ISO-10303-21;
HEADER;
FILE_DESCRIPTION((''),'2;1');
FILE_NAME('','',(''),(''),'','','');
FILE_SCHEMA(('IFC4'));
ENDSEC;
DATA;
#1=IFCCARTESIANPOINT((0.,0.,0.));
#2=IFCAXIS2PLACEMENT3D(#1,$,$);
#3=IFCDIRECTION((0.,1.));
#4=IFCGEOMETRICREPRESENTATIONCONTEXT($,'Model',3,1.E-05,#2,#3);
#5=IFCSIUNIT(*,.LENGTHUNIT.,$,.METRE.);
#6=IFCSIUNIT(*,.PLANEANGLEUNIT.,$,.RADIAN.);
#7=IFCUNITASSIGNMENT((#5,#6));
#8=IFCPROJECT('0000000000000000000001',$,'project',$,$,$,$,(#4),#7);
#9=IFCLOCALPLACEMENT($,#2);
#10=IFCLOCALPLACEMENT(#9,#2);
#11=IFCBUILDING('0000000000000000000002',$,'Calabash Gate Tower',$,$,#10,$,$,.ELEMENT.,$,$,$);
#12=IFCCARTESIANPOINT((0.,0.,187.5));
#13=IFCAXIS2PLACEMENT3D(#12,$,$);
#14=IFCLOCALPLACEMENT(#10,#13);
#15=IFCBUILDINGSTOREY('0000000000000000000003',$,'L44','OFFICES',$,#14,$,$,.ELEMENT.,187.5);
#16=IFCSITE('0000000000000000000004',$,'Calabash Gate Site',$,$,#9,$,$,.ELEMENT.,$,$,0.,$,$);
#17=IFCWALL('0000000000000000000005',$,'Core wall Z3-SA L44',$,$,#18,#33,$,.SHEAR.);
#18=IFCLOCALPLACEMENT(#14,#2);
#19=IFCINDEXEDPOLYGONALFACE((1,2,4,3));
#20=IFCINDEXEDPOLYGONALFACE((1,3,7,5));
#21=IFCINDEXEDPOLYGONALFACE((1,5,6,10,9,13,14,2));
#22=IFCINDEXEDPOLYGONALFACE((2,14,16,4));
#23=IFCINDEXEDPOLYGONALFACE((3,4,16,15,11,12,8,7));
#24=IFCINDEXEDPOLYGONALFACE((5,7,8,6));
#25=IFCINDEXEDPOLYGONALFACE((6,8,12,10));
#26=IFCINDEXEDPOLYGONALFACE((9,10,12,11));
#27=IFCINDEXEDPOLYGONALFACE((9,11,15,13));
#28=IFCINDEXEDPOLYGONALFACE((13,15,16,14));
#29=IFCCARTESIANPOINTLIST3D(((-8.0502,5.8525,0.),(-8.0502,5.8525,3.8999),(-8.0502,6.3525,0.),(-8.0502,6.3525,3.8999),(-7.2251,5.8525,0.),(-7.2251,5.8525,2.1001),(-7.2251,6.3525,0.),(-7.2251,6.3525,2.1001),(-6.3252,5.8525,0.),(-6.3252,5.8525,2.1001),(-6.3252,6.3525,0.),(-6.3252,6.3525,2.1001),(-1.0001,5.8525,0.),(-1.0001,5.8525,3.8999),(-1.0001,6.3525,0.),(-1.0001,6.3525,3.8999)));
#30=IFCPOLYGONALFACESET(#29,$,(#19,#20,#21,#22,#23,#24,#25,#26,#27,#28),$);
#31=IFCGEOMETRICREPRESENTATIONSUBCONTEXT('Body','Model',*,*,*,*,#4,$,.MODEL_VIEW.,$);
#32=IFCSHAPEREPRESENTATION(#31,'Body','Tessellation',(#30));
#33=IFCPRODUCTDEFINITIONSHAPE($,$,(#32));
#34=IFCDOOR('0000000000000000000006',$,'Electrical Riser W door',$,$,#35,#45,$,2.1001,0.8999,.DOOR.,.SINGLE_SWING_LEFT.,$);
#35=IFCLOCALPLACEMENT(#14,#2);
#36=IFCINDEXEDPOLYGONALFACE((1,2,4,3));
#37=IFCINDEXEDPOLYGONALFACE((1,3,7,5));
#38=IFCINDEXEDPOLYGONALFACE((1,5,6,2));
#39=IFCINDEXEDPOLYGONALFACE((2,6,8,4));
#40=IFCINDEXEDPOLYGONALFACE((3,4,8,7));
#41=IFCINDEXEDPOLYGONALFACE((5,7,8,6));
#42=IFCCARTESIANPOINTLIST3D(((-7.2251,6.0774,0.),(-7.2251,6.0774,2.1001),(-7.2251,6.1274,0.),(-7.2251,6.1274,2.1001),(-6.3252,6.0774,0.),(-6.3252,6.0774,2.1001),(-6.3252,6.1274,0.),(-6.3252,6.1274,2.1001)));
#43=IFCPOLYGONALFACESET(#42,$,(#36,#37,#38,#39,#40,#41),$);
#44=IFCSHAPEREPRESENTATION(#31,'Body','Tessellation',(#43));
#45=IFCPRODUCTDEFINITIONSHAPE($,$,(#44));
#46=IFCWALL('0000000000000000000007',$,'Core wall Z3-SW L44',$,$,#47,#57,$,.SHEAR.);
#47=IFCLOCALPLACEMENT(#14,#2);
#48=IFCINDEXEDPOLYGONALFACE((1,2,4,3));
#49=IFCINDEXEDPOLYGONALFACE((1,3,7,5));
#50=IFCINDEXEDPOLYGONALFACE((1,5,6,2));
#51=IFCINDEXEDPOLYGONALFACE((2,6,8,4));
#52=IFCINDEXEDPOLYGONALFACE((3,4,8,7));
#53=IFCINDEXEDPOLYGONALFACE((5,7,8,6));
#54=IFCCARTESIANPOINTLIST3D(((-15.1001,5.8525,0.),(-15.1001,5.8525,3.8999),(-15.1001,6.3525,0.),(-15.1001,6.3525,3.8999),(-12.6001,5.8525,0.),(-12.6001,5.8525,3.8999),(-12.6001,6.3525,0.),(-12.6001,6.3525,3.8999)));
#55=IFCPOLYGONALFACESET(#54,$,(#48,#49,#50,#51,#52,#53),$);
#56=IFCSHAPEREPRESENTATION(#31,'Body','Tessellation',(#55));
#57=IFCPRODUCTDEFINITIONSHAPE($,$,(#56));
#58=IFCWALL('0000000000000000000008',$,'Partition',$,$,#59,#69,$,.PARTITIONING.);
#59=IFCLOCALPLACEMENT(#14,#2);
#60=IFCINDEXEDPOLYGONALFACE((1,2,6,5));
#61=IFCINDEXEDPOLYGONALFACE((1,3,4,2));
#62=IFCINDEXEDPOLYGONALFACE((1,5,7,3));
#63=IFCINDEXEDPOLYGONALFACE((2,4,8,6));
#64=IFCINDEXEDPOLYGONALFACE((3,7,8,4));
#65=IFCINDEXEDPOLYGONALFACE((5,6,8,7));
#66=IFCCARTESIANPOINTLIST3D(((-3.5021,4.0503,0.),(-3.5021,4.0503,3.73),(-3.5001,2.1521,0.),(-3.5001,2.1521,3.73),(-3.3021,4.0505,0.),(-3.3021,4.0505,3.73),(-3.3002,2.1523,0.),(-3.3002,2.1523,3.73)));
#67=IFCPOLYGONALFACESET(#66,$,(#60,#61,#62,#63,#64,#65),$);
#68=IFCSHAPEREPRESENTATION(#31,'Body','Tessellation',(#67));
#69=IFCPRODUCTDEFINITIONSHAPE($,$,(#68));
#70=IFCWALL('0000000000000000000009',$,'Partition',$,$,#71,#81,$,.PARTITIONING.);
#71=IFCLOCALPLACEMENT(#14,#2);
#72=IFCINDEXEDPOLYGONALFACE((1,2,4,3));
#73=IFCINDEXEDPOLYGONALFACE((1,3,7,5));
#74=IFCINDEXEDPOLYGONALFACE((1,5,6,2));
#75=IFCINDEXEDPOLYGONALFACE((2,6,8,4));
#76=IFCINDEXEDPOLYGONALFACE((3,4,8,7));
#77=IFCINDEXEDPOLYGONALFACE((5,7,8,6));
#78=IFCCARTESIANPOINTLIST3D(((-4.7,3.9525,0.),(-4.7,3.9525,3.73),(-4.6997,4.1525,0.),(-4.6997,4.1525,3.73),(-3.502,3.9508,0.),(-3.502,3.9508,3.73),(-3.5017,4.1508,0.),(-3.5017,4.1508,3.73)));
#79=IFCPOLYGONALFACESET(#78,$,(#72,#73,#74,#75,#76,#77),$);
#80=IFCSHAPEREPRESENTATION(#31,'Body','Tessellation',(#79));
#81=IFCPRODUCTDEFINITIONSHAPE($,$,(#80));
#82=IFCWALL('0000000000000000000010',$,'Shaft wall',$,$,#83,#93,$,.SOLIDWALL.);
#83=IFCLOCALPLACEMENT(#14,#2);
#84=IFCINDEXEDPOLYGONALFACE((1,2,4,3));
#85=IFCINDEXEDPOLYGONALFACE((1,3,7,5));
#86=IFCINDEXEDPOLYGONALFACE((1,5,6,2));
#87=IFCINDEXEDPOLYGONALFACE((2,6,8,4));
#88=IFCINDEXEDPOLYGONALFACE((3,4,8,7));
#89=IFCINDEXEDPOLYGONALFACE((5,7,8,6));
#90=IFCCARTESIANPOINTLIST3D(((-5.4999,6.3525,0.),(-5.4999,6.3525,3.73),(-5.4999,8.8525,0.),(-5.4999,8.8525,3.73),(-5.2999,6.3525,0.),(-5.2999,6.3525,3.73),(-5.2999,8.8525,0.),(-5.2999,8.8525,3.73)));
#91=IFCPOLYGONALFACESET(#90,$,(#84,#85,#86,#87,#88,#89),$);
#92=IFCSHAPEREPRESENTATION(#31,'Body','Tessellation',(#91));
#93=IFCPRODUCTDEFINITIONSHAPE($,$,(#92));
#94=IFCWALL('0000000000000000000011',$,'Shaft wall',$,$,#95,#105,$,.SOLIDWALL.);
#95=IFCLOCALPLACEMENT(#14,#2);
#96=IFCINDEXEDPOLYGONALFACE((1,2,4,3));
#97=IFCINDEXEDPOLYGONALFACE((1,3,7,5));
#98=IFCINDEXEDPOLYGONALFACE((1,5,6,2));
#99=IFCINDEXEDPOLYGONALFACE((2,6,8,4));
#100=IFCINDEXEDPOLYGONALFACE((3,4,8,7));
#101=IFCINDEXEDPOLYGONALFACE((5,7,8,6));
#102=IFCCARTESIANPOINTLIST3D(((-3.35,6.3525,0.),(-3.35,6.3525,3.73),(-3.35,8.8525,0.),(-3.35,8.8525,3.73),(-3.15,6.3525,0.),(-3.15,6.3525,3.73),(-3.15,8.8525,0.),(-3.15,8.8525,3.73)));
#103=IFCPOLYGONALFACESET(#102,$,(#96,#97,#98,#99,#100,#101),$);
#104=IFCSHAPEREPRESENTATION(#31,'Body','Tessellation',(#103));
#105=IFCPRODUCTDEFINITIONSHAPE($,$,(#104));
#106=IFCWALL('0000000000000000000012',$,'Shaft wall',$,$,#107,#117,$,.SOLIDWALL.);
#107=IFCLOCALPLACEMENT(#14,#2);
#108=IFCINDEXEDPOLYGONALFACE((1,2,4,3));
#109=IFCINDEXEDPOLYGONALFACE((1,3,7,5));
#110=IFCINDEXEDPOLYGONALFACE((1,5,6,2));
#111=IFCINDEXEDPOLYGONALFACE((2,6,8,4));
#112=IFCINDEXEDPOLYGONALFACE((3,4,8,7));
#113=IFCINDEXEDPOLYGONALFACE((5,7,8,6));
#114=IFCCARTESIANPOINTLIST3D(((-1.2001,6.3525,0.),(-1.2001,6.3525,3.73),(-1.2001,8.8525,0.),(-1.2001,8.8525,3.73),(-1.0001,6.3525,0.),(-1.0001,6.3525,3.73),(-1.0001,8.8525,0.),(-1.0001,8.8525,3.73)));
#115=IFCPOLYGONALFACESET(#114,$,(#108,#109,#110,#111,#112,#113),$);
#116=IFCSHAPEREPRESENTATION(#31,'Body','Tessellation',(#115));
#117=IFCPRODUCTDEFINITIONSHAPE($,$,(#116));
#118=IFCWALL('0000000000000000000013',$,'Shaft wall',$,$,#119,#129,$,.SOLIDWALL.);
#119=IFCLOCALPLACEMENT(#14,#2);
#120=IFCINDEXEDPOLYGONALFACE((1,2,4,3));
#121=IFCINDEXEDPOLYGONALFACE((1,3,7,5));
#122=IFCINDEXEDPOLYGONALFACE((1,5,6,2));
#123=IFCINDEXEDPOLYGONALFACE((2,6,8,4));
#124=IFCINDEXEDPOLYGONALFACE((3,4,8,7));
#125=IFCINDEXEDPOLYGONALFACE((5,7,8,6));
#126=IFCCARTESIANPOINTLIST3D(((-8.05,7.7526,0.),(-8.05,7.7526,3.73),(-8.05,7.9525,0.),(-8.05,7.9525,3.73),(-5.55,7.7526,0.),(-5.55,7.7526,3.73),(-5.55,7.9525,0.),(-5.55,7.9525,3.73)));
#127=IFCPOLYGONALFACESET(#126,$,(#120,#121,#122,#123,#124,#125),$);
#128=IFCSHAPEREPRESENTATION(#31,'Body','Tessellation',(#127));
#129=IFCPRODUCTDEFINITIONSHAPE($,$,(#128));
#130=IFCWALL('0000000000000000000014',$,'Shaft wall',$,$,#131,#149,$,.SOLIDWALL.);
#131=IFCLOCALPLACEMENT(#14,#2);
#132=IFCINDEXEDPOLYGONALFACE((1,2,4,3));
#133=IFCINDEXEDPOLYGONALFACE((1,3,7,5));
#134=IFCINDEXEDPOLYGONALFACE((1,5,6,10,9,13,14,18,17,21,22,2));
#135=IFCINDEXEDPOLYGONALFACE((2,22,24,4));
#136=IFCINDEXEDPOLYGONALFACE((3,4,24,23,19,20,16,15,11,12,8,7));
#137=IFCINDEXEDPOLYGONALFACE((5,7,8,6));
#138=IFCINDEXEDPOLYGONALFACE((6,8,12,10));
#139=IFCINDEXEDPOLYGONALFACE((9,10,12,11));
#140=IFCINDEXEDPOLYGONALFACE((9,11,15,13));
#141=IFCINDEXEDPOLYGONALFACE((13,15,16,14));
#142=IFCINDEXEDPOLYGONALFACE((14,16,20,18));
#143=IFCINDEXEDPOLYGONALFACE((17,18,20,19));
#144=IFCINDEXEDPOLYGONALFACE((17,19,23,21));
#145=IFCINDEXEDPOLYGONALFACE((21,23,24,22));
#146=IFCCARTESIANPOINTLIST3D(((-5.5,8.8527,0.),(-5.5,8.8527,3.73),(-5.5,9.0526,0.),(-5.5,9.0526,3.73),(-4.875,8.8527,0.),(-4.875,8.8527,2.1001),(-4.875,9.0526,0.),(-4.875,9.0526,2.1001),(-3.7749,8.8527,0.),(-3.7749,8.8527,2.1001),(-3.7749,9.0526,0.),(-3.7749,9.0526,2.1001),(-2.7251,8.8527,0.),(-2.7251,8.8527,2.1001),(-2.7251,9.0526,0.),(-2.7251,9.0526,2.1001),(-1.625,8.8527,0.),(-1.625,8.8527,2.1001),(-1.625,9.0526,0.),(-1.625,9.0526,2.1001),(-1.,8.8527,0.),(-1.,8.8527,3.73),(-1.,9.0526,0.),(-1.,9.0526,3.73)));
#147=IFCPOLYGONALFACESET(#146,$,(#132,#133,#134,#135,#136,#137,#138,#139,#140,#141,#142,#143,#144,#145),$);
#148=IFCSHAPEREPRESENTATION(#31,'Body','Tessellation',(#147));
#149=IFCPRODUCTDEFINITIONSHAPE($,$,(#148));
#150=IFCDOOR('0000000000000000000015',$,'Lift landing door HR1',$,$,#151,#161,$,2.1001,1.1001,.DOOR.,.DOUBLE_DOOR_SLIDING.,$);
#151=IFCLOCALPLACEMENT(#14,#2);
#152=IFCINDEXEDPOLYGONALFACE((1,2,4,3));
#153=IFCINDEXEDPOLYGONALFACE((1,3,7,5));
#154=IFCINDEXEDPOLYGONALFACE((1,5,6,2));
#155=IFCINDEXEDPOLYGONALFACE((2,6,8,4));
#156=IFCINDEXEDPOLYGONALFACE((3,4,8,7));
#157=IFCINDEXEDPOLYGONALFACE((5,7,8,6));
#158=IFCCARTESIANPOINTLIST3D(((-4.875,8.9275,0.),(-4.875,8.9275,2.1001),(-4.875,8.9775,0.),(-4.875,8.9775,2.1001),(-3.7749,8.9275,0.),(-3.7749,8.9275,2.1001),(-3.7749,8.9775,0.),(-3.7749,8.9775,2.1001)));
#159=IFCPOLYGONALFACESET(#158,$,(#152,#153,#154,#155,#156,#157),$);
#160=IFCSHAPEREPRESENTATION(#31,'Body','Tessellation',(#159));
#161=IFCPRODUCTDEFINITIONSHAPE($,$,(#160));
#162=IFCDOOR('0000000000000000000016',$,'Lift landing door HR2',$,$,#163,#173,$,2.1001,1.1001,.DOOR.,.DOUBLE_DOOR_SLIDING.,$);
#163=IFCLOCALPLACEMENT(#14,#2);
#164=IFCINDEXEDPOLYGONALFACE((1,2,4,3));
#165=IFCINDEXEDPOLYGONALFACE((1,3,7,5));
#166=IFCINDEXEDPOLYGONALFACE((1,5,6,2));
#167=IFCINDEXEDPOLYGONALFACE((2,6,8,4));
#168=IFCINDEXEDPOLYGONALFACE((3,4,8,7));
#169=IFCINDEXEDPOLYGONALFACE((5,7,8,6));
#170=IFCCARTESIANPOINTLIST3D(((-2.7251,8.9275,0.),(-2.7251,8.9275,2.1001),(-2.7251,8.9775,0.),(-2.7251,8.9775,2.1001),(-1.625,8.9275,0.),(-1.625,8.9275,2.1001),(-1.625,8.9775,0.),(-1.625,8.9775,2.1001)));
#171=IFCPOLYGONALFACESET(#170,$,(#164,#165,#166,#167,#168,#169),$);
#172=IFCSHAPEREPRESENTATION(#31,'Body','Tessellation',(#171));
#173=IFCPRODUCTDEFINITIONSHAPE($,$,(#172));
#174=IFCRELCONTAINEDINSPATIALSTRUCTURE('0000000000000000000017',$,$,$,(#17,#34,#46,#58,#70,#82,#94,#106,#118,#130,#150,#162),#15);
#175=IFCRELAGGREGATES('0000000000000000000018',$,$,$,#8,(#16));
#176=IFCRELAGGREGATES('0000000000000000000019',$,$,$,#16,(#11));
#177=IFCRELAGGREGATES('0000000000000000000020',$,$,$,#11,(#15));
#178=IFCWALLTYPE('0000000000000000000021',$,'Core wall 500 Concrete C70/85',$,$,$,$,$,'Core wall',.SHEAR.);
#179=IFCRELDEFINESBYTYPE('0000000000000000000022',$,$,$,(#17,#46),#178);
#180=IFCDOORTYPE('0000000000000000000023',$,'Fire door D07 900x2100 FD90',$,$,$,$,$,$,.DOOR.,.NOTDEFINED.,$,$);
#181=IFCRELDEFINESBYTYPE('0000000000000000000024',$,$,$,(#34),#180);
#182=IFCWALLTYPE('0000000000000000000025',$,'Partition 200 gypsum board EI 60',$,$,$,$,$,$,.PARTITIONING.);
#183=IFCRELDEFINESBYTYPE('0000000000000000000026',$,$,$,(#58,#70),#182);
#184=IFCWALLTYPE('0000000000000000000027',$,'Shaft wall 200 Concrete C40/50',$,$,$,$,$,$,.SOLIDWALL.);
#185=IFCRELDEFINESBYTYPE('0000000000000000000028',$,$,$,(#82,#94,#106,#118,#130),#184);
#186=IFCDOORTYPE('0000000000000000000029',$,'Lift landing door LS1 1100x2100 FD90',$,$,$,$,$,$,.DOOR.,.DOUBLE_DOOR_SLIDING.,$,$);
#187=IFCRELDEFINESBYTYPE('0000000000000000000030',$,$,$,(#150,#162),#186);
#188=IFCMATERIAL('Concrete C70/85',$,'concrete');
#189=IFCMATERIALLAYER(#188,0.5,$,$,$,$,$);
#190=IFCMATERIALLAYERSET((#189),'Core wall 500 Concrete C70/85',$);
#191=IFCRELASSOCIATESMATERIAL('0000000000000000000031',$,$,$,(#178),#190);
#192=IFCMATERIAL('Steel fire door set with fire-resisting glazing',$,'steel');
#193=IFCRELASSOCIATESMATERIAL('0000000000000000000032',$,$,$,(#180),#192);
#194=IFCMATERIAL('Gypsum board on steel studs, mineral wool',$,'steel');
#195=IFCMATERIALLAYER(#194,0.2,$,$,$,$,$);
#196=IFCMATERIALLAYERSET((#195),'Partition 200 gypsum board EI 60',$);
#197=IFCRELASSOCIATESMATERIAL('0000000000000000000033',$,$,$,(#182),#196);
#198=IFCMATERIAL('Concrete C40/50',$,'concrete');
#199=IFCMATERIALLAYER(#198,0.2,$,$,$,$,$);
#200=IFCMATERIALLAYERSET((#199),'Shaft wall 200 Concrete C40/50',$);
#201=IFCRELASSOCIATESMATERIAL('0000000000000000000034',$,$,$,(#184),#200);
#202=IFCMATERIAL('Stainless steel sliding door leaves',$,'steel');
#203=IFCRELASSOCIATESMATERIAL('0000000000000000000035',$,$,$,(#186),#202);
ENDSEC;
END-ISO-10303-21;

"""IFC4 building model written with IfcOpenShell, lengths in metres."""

from ifc_helpers import new_model, si_unit, direction, frame, frame_2d, origin, place, context, subcontext, project, spatial, rectangle, extrude, material, layer, layer_set, type_object, element, fill, save


model = new_model("IFC4")

# Units and contexts
model_context = context("Model", 3, precision=1e-05, world=origin(), true_north=direction((0.0, 1.0)))
body_context = subcontext(model_context, "Body", "Model", "MODEL_VIEW")
ifc_project = project(units=[si_unit("LENGTHUNIT", "METRE"), si_unit("PLANEANGLEUNIT", "RADIAN")], contexts=[model_context])

# Site, building, storey
site_placement = place(None, origin())
site = spatial("IfcSite", under=ifc_project, at=site_placement, Name="Calabash Gate Site", CompositionType="ELEMENT", RefElevation=0.0)
building_placement = place(site_placement, origin())
building = spatial("IfcBuilding", under=site, at=building_placement, Name="Calabash Gate Tower", CompositionType="ELEMENT")
storey_placement = place(building_placement, frame((0.0, 0.0, 187.5)))
storey = spatial("IfcBuildingStorey", under=building, at=storey_placement, Name="L44", Description="OFFICES", CompositionType="ELEMENT", Elevation=187.5)

# Shared definitions
ifc_material_1 = material(Name="Concrete C70/85", Category="concrete")
ifc_layer_1 = layer(ifc_material_1, 0.5)
ifc_layer_set_1 = layer_set([ifc_layer_1], Name="Core wall 500 Concrete C70/85")
wall_type_1 = type_object("IfcWallType", Name="Core wall 500 Concrete C70/85", ElementType="Core wall", PredefinedType="SHEAR", material=ifc_layer_set_1)

# Wall, opening, door
wall_1_placement = place(storey_placement, frame((-8.05, 6.1025, 0.0), z_axis=(0.0, 0.0, 1.0), x_axis=(1.0, 0.0, 0.0)))
wall_1 = element("IfcWall", 1, at=wall_1_placement, inside=storey, type_object=wall_type_1, Name="Core wall Z3-SA L44", PredefinedType="SHEAR", context=body_context, shape_type="SweptSolid", body=[
    extrude(rectangle(XDim=7.05, YDim=0.5, at=frame_2d((3.5249, 0.0))), origin(), (0.0, 0.0, 1.0), 3.8999),
])
opening_1_placement = place(wall_1_placement, frame((0.825, 0.0, 0.0)))
opening_1 = element("IfcOpeningElement", 2, at=opening_1_placement, cuts=wall_1, PredefinedType="OPENING", context=body_context, shape_type="SweptSolid", body=[
    extrude(rectangle(XDim=0.8999, YDim=2.1001, at=frame_2d((0.45, 1.05))), frame((0.0, 0.26, 0.0), z_axis=(0.0, -1.0, 0.0), x_axis=(1.0, 0.0, 0.0)), (0.0, 0.0, 1.0), 0.52),
])
ifc_material_2 = material(Name="Steel fire door set with fire-resisting glazing", Category="steel")
door_type_1 = type_object("IfcDoorType", Name="Fire door D07 900x2100 FD90", OperationType="NOTDEFINED", PredefinedType="DOOR", material=ifc_material_2)
door_1_placement = place(opening_1_placement, origin())
door_1 = element("IfcDoor", 3, at=door_1_placement, inside=storey, type_object=door_type_1, Name="Electrical Riser W door", OperationType="SINGLE_SWING_LEFT", OverallHeight=2.1001, OverallWidth=0.8999, PredefinedType="DOOR", context=body_context, shape_type="SweptSolid", body=[
    extrude(rectangle(XDim=0.8999, YDim=2.1001, at=frame_2d((0.45, 1.05))), frame((0.0, 0.0249, 0.0), z_axis=(0.0, -1.0, 0.0), x_axis=(1.0, 0.0, 0.0)), (0.0, 0.0, 1.0), 0.05),
])
fill(opening_1, door_1)

# Walls
wall_2_placement = place(storey_placement, frame((-12.6001, 6.1025, 0.0), z_axis=(0.0, 0.0, 1.0), x_axis=(-1.0, 0.0, 0.0)))
element("IfcWall", 4, at=wall_2_placement, inside=storey, type_object=wall_type_1, Name="Core wall Z3-SW L44", PredefinedType="SHEAR", context=body_context, shape_type="SweptSolid", body=[
    extrude(rectangle(XDim=2.5, YDim=0.5, at=frame_2d((1.25, 0.0))), origin(), (0.0, 0.0, 1.0), 3.8999),
])
ifc_material_3 = material(Name="Gypsum board on steel studs, mineral wool", Category="steel")
ifc_layer_2 = layer(ifc_material_3, 0.2)
ifc_layer_set_2 = layer_set([ifc_layer_2], Name="Partition 200 gypsum board EI 60")
wall_type_2 = type_object("IfcWallType", Name="Partition 200 gypsum board EI 60", PredefinedType="PARTITIONING", material=ifc_layer_set_2)
wall_3_placement = place(storey_placement, frame((-3.4021, 4.0505, 0.0), z_axis=(0.0, 0.0, 1.0), x_axis=(0.001029, -0.999999, 0.0)))
element("IfcWall", 5, at=wall_3_placement, inside=storey, type_object=wall_type_2, Name="Partition", PredefinedType="PARTITIONING", context=body_context, shape_type="SweptSolid", body=[
    extrude(rectangle(XDim=1.8982, YDim=0.2, at=frame_2d((0.9492, 0.0))), origin(), (0.0, 0.0, 1.0), 3.73),
])
wall_4_placement = place(storey_placement, frame((-4.7, 4.0525, 0.0), z_axis=(0.0, 0.0, 1.0), x_axis=(0.999999, -0.001427, 0.0)))
element("IfcWall", 6, at=wall_4_placement, inside=storey, type_object=wall_type_2, Name="Partition", PredefinedType="PARTITIONING", context=body_context, shape_type="SweptSolid", body=[
    extrude(rectangle(XDim=1.198, YDim=0.2, at=frame_2d((0.5991, 0.0))), origin(), (0.0, 0.0, 1.0), 3.73),
])
ifc_material_4 = material(Name="Concrete C40/50", Category="concrete")
ifc_layer_3 = layer(ifc_material_4, 0.2)
ifc_layer_set_3 = layer_set([ifc_layer_3], Name="Shaft wall 200 Concrete C40/50")
wall_type_3 = type_object("IfcWallType", Name="Shaft wall 200 Concrete C40/50", PredefinedType="SOLIDWALL", material=ifc_layer_set_3)
for number, where, z_axis, x_axis, name in (
    (7, (-5.3999, 6.3525, 0.0), (0.0, 0.0, 1.0), (0.0, 1.0, 0.0), "Shaft wall"),
    (8, (-3.25, 6.3525, 0.0), (0.0, 0.0, 1.0), (0.0, 1.0, 0.0), "Shaft wall"),
    (9, (-1.1001, 6.3525, 0.0), (0.0, 0.0, 1.0), (0.0, 1.0, 0.0), "Shaft wall"),
    (10, (-8.05, 7.8525, 0.0), (0.0, 0.0, 1.0), (1.0, 0.0, 0.0), "Shaft wall"),
):
    element("IfcWall", number, at=place(storey_placement, frame(where, z_axis=z_axis, x_axis=x_axis)), inside=storey, type_object=wall_type_3, Name=name, PredefinedType="SOLIDWALL", context=body_context, shape_type="SweptSolid", body=[
        extrude(rectangle(XDim=2.5, YDim=0.2, at=frame_2d((1.25, 0.0))), origin(), (0.0, 0.0, 1.0), 3.73),
    ])

# Wall, openings, doors
wall_5_placement = place(storey_placement, frame((-5.5, 8.9526, 0.0), z_axis=(0.0, 0.0, 1.0), x_axis=(1.0, 0.0, 0.0)))
wall_5 = element("IfcWall", 11, at=wall_5_placement, inside=storey, type_object=wall_type_3, Name="Shaft wall", PredefinedType="SOLIDWALL", context=body_context, shape_type="SweptSolid", body=[
    extrude(rectangle(XDim=4.5, YDim=0.2, at=frame_2d((2.25, 0.0))), origin(), (0.0, 0.0, 1.0), 3.73),
])
opening_2_placement = place(wall_5_placement, frame((0.625, 0.0, 0.0)))
opening_2 = element("IfcOpeningElement", 12, at=opening_2_placement, cuts=wall_5, PredefinedType="OPENING", context=body_context, shape_type="SweptSolid", body=[
    extrude(rectangle(XDim=1.1001, YDim=2.1001, at=frame_2d((0.55, 1.05))), frame((0.0, 0.1099, 0.0), z_axis=(0.0, -1.0, 0.0), x_axis=(1.0, 0.0, 0.0)), (0.0, 0.0, 1.0), 0.22),
])
opening_3_placement = place(wall_5_placement, frame((2.7749, 0.0, 0.0)))
opening_3 = element("IfcOpeningElement", 13, at=opening_3_placement, cuts=wall_5, PredefinedType="OPENING", context=body_context, shape_type="SweptSolid", body=[
    extrude(rectangle(XDim=1.1001, YDim=2.1001, at=frame_2d((0.55, 1.05))), frame((0.0, 0.1099, 0.0), z_axis=(0.0, -1.0, 0.0), x_axis=(1.0, 0.0, 0.0)), (0.0, 0.0, 1.0), 0.22),
])
ifc_material_5 = material(Name="Stainless steel sliding door leaves", Category="steel")
door_type_2 = type_object("IfcDoorType", Name="Lift landing door LS1 1100x2100 FD90", OperationType="DOUBLE_DOOR_SLIDING", PredefinedType="DOOR", material=ifc_material_5)
door_2_placement = place(opening_2_placement, origin())
door_2 = element("IfcDoor", 14, at=door_2_placement, inside=storey, type_object=door_type_2, Name="Lift landing door HR1", OperationType="DOUBLE_DOOR_SLIDING", OverallHeight=2.1001, OverallWidth=1.1001, PredefinedType="DOOR", context=body_context, shape_type="SweptSolid", body=[
    extrude(rectangle(XDim=1.1001, YDim=2.1001, at=frame_2d((0.55, 1.05))), frame((0.0, 0.0249, 0.0), z_axis=(0.0, -1.0, 0.0), x_axis=(1.0, 0.0, 0.0)), (0.0, 0.0, 1.0), 0.05),
])
fill(opening_2, door_2)
door_3_placement = place(opening_3_placement, origin())
door_3 = element("IfcDoor", 15, at=door_3_placement, inside=storey, type_object=door_type_2, Name="Lift landing door HR2", OperationType="DOUBLE_DOOR_SLIDING", OverallHeight=2.1001, OverallWidth=1.1001, PredefinedType="DOOR", context=body_context, shape_type="SweptSolid", body=[
    extrude(rectangle(XDim=1.1001, YDim=2.1001, at=frame_2d((0.55, 1.05))), frame((0.0, 0.0249, 0.0), z_axis=(0.0, -1.0, 0.0), x_axis=(1.0, 0.0, 0.0)), (0.0, 0.0, 1.0), 0.05),
])
fill(opening_3, door_3)

save(model, "model.ifc")
